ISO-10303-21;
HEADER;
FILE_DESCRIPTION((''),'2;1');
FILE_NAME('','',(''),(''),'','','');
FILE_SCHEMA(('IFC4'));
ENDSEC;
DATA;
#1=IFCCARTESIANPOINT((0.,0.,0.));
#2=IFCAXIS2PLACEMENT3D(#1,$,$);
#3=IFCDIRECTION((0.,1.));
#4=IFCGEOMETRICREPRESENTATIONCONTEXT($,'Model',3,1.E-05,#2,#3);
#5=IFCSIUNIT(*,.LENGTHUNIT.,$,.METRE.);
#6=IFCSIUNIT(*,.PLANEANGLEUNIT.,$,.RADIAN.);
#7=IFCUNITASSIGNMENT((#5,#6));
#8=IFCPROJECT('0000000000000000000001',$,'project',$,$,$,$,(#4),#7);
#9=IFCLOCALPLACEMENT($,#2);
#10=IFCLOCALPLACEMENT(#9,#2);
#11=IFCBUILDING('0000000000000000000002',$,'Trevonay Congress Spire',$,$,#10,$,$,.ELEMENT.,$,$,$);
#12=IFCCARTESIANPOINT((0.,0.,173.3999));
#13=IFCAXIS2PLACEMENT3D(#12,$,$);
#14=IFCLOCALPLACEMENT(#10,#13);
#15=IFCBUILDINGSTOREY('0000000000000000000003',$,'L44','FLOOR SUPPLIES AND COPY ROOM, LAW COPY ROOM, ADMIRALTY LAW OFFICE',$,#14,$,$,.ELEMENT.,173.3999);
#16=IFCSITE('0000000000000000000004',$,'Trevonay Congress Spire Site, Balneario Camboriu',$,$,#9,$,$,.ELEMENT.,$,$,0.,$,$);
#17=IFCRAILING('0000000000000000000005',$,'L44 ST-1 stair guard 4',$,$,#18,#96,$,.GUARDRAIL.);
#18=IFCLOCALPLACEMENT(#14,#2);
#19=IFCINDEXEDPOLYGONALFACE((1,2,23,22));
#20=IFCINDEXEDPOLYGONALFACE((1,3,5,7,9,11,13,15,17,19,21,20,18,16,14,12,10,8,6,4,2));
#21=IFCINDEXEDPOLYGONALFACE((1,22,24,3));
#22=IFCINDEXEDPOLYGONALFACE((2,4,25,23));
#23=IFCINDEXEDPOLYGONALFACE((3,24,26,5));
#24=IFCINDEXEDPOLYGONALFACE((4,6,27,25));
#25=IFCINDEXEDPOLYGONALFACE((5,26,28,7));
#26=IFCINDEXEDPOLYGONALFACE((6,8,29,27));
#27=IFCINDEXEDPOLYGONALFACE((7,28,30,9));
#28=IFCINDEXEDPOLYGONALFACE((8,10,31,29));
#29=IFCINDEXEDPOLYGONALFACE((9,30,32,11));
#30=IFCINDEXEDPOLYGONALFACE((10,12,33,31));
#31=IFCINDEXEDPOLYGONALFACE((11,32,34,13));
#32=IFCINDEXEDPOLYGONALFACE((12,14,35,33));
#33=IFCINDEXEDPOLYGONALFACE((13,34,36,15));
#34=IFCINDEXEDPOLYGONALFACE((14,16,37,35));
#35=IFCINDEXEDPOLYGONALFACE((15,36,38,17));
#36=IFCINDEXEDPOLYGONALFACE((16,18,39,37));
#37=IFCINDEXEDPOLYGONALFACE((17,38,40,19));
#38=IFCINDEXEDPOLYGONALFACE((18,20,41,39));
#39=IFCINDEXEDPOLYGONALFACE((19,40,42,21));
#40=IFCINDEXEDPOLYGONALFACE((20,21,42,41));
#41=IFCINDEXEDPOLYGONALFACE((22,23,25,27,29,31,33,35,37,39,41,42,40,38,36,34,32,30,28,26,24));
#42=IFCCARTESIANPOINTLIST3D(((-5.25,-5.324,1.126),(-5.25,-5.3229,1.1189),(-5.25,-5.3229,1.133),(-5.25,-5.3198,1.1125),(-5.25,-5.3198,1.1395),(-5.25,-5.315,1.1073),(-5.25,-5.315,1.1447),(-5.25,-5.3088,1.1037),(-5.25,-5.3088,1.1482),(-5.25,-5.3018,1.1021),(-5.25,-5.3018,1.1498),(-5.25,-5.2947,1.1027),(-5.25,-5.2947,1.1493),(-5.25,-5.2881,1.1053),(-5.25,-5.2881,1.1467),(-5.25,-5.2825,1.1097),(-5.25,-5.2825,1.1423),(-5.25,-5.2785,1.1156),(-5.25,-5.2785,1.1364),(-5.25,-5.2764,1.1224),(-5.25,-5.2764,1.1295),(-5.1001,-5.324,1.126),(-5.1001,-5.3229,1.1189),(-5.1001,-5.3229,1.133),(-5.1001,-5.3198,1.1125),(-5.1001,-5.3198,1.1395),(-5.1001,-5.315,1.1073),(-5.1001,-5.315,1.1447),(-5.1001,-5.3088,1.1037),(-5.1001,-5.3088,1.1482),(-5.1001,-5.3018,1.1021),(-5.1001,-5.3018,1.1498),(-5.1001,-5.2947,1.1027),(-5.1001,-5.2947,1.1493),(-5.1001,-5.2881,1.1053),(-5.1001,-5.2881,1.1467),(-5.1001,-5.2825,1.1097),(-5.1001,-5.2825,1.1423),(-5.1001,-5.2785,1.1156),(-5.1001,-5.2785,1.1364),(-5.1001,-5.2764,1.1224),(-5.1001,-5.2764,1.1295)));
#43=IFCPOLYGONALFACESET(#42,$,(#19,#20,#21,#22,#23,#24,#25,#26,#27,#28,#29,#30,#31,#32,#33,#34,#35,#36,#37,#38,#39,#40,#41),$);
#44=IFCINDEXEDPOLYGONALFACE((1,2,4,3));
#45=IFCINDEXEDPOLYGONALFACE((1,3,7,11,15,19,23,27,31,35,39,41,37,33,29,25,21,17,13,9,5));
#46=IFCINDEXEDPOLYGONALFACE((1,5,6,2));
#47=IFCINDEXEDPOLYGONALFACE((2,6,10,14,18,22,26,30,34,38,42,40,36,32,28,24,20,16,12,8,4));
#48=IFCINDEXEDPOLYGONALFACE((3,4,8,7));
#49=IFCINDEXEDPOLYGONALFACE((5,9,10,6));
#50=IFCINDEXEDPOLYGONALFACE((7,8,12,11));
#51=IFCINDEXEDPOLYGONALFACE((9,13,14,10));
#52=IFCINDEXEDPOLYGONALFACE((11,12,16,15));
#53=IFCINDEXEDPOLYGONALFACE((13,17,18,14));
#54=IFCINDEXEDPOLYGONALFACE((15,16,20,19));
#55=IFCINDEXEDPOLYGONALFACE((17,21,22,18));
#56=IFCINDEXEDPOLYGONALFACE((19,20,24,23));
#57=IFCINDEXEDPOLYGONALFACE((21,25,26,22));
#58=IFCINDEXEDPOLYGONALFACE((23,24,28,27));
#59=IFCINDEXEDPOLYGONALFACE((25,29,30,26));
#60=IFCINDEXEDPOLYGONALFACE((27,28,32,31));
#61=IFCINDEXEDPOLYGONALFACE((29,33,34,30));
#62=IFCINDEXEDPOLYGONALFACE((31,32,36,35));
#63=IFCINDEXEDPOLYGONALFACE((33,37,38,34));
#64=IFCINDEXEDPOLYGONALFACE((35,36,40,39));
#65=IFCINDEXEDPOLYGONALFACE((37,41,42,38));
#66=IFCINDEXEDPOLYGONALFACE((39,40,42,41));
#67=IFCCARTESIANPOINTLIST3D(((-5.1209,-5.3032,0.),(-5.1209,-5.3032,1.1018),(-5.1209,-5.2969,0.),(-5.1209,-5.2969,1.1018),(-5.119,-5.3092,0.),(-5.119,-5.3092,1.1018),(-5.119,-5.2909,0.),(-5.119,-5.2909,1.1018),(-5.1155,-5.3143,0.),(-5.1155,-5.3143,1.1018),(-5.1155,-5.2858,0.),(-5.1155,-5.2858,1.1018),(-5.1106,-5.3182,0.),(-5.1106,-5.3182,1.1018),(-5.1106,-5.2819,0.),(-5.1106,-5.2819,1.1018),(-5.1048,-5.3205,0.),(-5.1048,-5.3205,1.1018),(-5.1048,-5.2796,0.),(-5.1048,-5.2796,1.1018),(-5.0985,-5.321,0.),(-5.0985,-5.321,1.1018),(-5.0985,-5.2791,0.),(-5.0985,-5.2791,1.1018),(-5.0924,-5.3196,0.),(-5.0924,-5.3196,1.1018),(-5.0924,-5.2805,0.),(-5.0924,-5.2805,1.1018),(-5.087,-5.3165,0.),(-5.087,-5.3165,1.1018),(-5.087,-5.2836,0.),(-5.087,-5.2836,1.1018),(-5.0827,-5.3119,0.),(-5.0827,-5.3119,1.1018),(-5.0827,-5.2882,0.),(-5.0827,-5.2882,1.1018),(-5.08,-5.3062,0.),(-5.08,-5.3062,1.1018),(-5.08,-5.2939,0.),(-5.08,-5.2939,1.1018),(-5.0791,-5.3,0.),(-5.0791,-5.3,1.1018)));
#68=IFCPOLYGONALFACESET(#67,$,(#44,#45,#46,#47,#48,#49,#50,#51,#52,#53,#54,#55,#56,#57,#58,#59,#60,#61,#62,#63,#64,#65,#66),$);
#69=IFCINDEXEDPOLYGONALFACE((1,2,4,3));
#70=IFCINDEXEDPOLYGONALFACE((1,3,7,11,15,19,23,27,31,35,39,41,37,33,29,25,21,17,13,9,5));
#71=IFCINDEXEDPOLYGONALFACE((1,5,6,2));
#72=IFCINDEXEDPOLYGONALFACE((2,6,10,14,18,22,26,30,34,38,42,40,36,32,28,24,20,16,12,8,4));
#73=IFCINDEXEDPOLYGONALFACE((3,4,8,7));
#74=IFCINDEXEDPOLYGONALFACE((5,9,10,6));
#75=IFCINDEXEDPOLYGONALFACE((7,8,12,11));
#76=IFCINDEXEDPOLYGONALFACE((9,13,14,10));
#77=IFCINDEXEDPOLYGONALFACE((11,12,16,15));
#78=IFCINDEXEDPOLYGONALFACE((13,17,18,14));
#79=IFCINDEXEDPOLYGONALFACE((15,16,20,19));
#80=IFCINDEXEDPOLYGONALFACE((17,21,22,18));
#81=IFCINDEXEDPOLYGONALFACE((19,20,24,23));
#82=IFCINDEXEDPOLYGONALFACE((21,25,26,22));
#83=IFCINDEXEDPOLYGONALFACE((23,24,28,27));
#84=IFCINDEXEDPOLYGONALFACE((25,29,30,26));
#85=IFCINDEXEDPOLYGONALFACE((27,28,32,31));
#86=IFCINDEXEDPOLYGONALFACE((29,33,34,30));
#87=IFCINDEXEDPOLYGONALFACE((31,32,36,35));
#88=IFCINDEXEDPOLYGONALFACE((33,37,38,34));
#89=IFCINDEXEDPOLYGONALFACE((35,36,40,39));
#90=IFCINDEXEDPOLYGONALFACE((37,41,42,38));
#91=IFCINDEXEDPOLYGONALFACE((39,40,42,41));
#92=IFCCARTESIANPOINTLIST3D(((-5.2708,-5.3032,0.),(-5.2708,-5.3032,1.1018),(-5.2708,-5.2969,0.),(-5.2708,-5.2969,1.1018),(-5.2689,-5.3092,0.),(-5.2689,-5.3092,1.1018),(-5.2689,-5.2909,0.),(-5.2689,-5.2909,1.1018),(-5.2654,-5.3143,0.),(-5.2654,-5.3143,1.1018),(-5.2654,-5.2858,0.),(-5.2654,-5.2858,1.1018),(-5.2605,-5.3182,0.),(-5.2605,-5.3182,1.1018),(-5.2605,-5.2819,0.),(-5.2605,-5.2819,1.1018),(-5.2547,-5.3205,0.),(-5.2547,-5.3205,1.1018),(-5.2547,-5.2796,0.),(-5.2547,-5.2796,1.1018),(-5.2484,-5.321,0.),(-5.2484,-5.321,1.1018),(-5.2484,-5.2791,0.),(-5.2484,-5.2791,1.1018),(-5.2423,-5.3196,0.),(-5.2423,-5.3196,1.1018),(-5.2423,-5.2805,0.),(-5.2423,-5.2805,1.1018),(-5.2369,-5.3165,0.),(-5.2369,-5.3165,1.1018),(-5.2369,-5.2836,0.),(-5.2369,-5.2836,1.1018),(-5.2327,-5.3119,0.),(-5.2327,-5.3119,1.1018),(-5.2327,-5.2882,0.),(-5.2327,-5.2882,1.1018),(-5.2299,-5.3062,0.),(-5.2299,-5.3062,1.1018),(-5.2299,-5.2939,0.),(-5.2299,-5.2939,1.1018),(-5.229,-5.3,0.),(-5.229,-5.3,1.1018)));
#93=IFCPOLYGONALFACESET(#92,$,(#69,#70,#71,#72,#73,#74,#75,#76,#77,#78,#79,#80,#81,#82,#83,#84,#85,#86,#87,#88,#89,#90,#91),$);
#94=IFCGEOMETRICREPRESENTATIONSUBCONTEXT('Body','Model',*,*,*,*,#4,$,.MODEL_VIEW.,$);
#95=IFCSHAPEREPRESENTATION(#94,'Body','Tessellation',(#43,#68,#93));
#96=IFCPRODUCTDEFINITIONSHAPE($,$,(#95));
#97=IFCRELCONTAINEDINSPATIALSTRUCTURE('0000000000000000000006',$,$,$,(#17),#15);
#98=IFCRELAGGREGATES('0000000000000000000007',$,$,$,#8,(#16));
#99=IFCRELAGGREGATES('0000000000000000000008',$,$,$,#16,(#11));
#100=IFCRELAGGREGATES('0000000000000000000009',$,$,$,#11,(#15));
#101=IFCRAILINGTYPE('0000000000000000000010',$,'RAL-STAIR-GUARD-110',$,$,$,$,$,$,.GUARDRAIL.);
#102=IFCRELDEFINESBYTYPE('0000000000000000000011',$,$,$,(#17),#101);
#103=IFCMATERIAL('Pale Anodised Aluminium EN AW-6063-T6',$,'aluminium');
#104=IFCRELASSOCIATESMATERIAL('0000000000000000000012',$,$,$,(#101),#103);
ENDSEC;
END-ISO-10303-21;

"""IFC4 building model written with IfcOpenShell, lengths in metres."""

from ifc_helpers import new_model, si_unit, direction, frame, origin, origin_2d, place, context, subcontext, project, spatial, circle, extrude, material, type_object, element, save


model = new_model("IFC4")

# Units and contexts
model_context = context("Model", 3, precision=1e-05, world=origin(), true_north=direction((0.0, 1.0)))
body_context = subcontext(model_context, "Body", "Model", "MODEL_VIEW")
ifc_project = project(units=[si_unit("LENGTHUNIT", "METRE"), si_unit("PLANEANGLEUNIT", "RADIAN")], contexts=[model_context])

# Site, building, storey
site_placement = place(None, origin())
site = spatial("IfcSite", under=ifc_project, at=site_placement, Name="Trevonay Congress Spire Site, Balneario Camboriu", CompositionType="ELEMENT", RefElevation=0.0)
building_placement = place(site_placement, origin())
building = spatial("IfcBuilding", under=site, at=building_placement, Name="Trevonay Congress Spire", CompositionType="ELEMENT")
storey_placement = place(building_placement, frame((0.0, 0.0, 173.3999)))
storey = spatial("IfcBuildingStorey", under=building, at=storey_placement, Name="L44", Description="FLOOR SUPPLIES AND COPY ROOM, LAW COPY ROOM, ADMIRALTY LAW OFFICE", CompositionType="ELEMENT", Elevation=173.3999)

# Railing
ifc_material_1 = material(Name="Pale Anodised Aluminium EN AW-6063-T6", Category="aluminium")
railing_type_1 = type_object("IfcRailingType", Name="RAL-STAIR-GUARD-110", PredefinedType="GUARDRAIL", material=ifc_material_1)
railing_1_placement = place(storey_placement, frame((-5.1001, -5.3, 0.0)))
element("IfcRailing", 1, at=railing_1_placement, inside=storey, type_object=railing_type_1, Name="L44 ST-1 stair guard 4", PredefinedType="GUARDRAIL", context=body_context, shape_type="SweptSolid", body=[
    extrude(circle(Radius=0.0239, at=origin_2d()), frame((0.0, 0.0, 1.126), z_axis=(-1.0, 0.0, 0.0), x_axis=(0.0, -1.0, 0.0)), (0.0, 0.0, 1.0), 0.1499),
    extrude(circle(Radius=0.021, at=origin_2d()), origin(), (0.0, 0.0, 1.0), 1.1018),
    extrude(circle(Radius=0.021, at=origin_2d()), frame((-0.1499, 0.0, 0.0)), (0.0, 0.0, 1.0), 1.1018),
])

save(model, "model.ifc")
